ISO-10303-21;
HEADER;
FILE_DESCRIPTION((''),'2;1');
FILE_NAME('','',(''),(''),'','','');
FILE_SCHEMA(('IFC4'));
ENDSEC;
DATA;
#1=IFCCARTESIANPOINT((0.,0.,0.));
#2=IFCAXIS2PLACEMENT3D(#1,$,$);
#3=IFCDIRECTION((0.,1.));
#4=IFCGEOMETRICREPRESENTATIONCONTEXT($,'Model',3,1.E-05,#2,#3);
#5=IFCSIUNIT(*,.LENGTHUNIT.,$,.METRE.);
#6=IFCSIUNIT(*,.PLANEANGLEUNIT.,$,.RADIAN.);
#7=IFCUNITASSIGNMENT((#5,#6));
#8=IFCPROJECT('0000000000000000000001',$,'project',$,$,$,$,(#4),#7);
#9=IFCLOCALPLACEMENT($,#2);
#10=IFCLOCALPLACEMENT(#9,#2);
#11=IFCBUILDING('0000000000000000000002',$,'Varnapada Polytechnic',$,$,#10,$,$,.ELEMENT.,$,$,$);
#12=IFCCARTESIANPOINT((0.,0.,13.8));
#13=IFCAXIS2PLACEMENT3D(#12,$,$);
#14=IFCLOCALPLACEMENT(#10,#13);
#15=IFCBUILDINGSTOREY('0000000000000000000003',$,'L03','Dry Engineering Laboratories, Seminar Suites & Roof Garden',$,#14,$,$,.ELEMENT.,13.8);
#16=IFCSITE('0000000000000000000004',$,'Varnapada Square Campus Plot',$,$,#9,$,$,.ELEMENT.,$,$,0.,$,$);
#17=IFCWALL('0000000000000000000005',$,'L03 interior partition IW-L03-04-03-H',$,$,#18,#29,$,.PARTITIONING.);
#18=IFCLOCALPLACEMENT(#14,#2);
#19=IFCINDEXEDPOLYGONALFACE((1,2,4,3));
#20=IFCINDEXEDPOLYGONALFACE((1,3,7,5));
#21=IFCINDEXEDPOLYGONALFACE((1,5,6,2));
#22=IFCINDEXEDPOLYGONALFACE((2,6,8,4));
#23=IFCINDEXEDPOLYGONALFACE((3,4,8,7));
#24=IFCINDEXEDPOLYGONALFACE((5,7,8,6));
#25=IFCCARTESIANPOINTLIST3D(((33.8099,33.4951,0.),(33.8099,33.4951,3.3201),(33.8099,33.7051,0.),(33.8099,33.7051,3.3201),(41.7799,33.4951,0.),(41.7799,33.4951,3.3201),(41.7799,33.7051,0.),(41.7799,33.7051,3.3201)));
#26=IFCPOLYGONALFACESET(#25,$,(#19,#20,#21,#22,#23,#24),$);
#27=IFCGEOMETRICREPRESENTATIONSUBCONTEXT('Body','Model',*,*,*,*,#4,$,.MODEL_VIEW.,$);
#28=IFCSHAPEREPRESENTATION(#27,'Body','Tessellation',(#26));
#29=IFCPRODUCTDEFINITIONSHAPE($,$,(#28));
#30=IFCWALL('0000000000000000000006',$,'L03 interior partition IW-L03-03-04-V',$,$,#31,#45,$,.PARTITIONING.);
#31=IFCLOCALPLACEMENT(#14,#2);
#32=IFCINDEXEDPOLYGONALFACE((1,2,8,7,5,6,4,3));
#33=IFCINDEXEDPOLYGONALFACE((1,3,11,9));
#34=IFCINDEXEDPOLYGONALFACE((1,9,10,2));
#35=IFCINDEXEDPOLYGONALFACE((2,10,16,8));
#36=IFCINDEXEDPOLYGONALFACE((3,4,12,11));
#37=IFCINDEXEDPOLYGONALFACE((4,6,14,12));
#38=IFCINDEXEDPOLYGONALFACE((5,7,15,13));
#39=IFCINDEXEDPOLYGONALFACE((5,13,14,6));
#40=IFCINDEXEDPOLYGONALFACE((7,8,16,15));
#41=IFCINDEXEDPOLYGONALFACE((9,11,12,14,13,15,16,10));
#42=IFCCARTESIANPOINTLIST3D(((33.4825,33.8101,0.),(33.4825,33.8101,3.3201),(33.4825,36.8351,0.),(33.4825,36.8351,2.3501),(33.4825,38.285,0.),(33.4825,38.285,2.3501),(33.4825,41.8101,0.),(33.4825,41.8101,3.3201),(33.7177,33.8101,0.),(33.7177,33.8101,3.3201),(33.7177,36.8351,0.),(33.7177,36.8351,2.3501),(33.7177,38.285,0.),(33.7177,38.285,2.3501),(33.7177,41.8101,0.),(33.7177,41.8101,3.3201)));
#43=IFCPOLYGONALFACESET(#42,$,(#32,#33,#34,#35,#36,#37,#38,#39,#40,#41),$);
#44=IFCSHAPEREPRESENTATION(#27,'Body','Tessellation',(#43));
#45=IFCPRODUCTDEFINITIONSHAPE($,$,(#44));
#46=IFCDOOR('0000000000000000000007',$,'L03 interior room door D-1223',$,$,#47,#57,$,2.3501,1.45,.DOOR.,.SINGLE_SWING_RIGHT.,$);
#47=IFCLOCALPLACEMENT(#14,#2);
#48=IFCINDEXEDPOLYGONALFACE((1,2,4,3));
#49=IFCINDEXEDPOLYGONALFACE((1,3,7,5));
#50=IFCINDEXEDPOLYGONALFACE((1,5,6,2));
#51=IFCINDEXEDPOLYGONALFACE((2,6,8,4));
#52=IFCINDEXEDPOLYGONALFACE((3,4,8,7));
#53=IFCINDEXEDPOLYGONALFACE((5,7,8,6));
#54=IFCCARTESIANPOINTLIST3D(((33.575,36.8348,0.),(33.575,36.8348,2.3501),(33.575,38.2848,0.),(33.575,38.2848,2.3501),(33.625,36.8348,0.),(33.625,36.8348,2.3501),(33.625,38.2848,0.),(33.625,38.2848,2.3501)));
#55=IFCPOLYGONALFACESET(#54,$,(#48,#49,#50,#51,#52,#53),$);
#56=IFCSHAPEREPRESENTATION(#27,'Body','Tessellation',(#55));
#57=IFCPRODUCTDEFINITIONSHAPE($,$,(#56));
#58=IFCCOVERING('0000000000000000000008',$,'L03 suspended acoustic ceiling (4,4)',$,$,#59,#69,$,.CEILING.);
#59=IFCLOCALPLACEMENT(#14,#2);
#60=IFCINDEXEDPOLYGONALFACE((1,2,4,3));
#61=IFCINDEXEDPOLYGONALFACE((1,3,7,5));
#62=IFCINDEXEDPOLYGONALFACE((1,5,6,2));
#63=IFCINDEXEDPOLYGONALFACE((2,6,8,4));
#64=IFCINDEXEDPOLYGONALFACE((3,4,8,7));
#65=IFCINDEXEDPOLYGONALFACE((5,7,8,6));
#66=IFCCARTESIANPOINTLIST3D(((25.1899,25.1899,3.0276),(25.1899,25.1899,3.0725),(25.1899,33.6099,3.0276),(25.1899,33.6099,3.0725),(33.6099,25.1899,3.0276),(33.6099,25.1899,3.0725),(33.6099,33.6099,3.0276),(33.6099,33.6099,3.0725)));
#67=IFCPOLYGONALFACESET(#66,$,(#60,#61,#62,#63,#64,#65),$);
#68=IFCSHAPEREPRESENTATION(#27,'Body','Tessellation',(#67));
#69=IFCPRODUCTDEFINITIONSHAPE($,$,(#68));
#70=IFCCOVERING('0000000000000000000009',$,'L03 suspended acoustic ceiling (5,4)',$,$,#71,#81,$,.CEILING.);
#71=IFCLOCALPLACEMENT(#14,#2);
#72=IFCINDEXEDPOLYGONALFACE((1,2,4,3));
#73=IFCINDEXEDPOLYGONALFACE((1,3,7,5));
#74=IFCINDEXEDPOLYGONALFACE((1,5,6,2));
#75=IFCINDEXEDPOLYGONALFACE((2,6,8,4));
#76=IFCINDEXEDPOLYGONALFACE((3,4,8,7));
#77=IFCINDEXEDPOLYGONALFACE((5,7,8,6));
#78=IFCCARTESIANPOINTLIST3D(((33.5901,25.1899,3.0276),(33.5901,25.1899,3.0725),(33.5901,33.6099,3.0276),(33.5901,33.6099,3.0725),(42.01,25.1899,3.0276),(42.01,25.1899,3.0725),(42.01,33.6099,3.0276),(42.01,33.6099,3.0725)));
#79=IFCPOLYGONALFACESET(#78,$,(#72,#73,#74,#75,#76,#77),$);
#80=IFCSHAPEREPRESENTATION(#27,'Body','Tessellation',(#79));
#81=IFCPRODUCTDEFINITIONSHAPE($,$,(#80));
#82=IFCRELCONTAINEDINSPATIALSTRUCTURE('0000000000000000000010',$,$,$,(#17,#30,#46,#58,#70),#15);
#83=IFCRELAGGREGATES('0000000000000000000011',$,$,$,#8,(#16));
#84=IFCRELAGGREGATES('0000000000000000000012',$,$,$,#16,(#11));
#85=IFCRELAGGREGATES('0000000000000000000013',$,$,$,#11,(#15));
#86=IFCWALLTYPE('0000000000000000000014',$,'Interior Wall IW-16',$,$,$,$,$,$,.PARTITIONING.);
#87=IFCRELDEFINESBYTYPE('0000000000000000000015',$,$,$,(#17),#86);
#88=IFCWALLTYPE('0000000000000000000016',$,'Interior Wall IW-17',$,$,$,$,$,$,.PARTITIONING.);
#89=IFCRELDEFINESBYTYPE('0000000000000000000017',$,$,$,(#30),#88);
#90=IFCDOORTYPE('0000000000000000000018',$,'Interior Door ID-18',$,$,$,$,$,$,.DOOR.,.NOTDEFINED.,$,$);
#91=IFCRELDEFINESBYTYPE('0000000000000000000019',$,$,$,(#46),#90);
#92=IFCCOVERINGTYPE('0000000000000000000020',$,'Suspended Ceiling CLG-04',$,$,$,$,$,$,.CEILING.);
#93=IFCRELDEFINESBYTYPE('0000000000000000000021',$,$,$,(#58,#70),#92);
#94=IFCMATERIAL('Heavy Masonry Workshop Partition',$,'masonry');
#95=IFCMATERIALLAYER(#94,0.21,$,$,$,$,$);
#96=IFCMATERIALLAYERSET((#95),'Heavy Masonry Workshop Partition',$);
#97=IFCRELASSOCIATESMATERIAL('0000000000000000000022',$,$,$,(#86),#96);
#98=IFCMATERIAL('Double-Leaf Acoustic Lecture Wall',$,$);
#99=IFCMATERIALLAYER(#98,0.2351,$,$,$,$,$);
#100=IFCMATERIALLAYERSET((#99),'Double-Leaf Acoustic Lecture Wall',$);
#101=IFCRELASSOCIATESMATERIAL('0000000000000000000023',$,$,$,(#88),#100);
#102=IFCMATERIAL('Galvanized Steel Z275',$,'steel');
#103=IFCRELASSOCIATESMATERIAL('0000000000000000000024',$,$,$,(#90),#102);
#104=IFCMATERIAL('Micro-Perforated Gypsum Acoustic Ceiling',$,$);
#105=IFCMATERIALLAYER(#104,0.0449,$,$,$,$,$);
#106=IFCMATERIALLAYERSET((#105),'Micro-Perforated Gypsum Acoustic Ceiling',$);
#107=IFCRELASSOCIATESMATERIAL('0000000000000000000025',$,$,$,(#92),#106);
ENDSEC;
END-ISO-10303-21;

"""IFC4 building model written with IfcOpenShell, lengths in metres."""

from ifc_helpers import new_model, si_unit, direction, frame, frame_2d, origin, origin_2d, place, context, subcontext, project, spatial, rectangle, extrude, material, layer, layer_set, type_object, element, fill, save


model = new_model("IFC4")

# Units and contexts
model_context = context("Model", 3, precision=1e-05, world=origin(), true_north=direction((0.0, 1.0)))
body_context = subcontext(model_context, "Body", "Model", "MODEL_VIEW")
ifc_project = project(units=[si_unit("LENGTHUNIT", "METRE"), si_unit("PLANEANGLEUNIT", "RADIAN")], contexts=[model_context])

# Site, building, storey
site_placement = place(None, origin())
site = spatial("IfcSite", under=ifc_project, at=site_placement, Name="Varnapada Square Campus Plot", CompositionType="ELEMENT", RefElevation=0.0)
building_placement = place(site_placement, origin())
building = spatial("IfcBuilding", under=site, at=building_placement, Name="Varnapada Polytechnic", CompositionType="ELEMENT")
storey_placement = place(building_placement, frame((0.0, 0.0, 13.8)))
storey = spatial("IfcBuildingStorey", under=building, at=storey_placement, Name="L03", Description="Dry Engineering Laboratories, Seminar Suites & Roof Garden", CompositionType="ELEMENT", Elevation=13.8)

# Shared definitions
ifc_material_1 = material(Name="Galvanized Steel Z275", Category="steel")

# Wall
ifc_material_2 = material(Name="Heavy Masonry Workshop Partition", Category="masonry")
ifc_layer_1 = layer(ifc_material_2, 0.21)
ifc_layer_set_1 = layer_set([ifc_layer_1], Name="Heavy Masonry Workshop Partition")
wall_type_1 = type_object("IfcWallType", Name="Interior Wall IW-16", PredefinedType="PARTITIONING", material=ifc_layer_set_1)
for number, where, z_axis, x_axis, name in (
    (1, (33.8101, 33.6001, 0.0), (0.0, 0.0, 1.0), (1.0, 0.0, 0.0), "L03 interior partition IW-L03-04-03-H"),
):
    element("IfcWall", number, at=place(storey_placement, frame(where, z_axis=z_axis, x_axis=x_axis)), inside=storey, type_object=wall_type_1, Name=name, PredefinedType="PARTITIONING", context=body_context, shape_type="SweptSolid", body=[
        extrude(rectangle(XDim=7.97, YDim=0.21, at=frame_2d((3.9849, 0.0))), origin(), (0.0, 0.0, 1.0), 3.3201),
    ])

# Wall, opening, door
ifc_material_3 = material(Name="Double-Leaf Acoustic Lecture Wall")
ifc_layer_2 = layer(ifc_material_3, 0.2351)
ifc_layer_set_2 = layer_set([ifc_layer_2], Name="Double-Leaf Acoustic Lecture Wall")
wall_type_2 = type_object("IfcWallType", Name="Interior Wall IW-17", PredefinedType="PARTITIONING", material=ifc_layer_set_2)
wall_1_placement = place(storey_placement, frame((33.6001, 33.8101, 0.0), z_axis=(0.0, 0.0, 1.0), x_axis=(0.0, 1.0, 0.0)))
wall_1 = element("IfcWall", 2, at=wall_1_placement, inside=storey, type_object=wall_type_2, Name="L03 interior partition IW-L03-03-04-V", PredefinedType="PARTITIONING", context=body_context, shape_type="SweptSolid", body=[
    extrude(rectangle(XDim=8.0, YDim=0.2351, at=frame_2d((4.0, 0.0))), origin(), (0.0, 0.0, 1.0), 3.3201),
])
opening_1_placement = place(wall_1_placement, frame((3.0249, 0.0, 0.0)))
opening_1 = element("IfcOpeningElement", 3, at=opening_1_placement, cuts=wall_1, PredefinedType="OPENING", context=body_context, shape_type="SweptSolid", body=[
    extrude(rectangle(XDim=1.45, YDim=2.3501, at=frame_2d((0.7251, 1.175))), frame((0.0, 0.1274, 0.0), z_axis=(0.0, -1.0, 0.0), x_axis=(1.0, 0.0, 0.0)), (0.0, 0.0, 1.0), 0.2551),
])
door_type_1 = type_object("IfcDoorType", Name="Interior Door ID-18", OperationType="NOTDEFINED", PredefinedType="DOOR", material=ifc_material_1)
door_1_placement = place(opening_1_placement, frame((1.45, 0.0, 0.0), z_axis=(0.0, 0.0, 1.0), x_axis=(-1.0, 0.0, 0.0)))
door_1 = element("IfcDoor", 4, at=door_1_placement, inside=storey, type_object=door_type_1, Name="L03 interior room door D-1223", OperationType="SINGLE_SWING_RIGHT", OverallHeight=2.3501, OverallWidth=1.45, PredefinedType="DOOR", context=body_context, shape_type="SweptSolid", body=[
    extrude(rectangle(XDim=1.45, YDim=2.3501, at=frame_2d((0.7251, 1.175))), frame((0.0, 0.0249, 0.0), z_axis=(0.0, -1.0, 0.0), x_axis=(1.0, 0.0, 0.0)), (0.0, 0.0, 1.0), 0.05),
])
fill(opening_1, door_1)

# Coverings
ifc_material_4 = material(Name="Micro-Perforated Gypsum Acoustic Ceiling")
ifc_layer_3 = layer(ifc_material_4, 0.0449)
ifc_layer_set_3 = layer_set([ifc_layer_3], Name="Micro-Perforated Gypsum Acoustic Ceiling")
covering_type = type_object("IfcCoveringType", Name="Suspended Ceiling CLG-04", PredefinedType="CEILING", material=ifc_layer_set_3)
for number, where, z_axis, x_axis, name in (
    (5, (29.3999, 29.3999, 3.0276), (0.0, 0.0, 1.0), (1.0, 0.0, 0.0), "L03 suspended acoustic ceiling (4,4)"),
    (6, (37.8, 29.3999, 3.0276), (0.0, 0.0, 1.0), (1.0, 0.0, 0.0), "L03 suspended acoustic ceiling (5,4)"),
):
    element("IfcCovering", number, at=place(storey_placement, frame(where, z_axis=z_axis, x_axis=x_axis)), inside=storey, type_object=covering_type, Name=name, PredefinedType="CEILING", context=body_context, shape_type="SweptSolid", body=[
        extrude(rectangle(XDim=8.4199, YDim=8.4199, at=origin_2d()), origin(), (0.0, 0.0, 1.0), 0.0449),
    ])

save(model, "model.ifc")
